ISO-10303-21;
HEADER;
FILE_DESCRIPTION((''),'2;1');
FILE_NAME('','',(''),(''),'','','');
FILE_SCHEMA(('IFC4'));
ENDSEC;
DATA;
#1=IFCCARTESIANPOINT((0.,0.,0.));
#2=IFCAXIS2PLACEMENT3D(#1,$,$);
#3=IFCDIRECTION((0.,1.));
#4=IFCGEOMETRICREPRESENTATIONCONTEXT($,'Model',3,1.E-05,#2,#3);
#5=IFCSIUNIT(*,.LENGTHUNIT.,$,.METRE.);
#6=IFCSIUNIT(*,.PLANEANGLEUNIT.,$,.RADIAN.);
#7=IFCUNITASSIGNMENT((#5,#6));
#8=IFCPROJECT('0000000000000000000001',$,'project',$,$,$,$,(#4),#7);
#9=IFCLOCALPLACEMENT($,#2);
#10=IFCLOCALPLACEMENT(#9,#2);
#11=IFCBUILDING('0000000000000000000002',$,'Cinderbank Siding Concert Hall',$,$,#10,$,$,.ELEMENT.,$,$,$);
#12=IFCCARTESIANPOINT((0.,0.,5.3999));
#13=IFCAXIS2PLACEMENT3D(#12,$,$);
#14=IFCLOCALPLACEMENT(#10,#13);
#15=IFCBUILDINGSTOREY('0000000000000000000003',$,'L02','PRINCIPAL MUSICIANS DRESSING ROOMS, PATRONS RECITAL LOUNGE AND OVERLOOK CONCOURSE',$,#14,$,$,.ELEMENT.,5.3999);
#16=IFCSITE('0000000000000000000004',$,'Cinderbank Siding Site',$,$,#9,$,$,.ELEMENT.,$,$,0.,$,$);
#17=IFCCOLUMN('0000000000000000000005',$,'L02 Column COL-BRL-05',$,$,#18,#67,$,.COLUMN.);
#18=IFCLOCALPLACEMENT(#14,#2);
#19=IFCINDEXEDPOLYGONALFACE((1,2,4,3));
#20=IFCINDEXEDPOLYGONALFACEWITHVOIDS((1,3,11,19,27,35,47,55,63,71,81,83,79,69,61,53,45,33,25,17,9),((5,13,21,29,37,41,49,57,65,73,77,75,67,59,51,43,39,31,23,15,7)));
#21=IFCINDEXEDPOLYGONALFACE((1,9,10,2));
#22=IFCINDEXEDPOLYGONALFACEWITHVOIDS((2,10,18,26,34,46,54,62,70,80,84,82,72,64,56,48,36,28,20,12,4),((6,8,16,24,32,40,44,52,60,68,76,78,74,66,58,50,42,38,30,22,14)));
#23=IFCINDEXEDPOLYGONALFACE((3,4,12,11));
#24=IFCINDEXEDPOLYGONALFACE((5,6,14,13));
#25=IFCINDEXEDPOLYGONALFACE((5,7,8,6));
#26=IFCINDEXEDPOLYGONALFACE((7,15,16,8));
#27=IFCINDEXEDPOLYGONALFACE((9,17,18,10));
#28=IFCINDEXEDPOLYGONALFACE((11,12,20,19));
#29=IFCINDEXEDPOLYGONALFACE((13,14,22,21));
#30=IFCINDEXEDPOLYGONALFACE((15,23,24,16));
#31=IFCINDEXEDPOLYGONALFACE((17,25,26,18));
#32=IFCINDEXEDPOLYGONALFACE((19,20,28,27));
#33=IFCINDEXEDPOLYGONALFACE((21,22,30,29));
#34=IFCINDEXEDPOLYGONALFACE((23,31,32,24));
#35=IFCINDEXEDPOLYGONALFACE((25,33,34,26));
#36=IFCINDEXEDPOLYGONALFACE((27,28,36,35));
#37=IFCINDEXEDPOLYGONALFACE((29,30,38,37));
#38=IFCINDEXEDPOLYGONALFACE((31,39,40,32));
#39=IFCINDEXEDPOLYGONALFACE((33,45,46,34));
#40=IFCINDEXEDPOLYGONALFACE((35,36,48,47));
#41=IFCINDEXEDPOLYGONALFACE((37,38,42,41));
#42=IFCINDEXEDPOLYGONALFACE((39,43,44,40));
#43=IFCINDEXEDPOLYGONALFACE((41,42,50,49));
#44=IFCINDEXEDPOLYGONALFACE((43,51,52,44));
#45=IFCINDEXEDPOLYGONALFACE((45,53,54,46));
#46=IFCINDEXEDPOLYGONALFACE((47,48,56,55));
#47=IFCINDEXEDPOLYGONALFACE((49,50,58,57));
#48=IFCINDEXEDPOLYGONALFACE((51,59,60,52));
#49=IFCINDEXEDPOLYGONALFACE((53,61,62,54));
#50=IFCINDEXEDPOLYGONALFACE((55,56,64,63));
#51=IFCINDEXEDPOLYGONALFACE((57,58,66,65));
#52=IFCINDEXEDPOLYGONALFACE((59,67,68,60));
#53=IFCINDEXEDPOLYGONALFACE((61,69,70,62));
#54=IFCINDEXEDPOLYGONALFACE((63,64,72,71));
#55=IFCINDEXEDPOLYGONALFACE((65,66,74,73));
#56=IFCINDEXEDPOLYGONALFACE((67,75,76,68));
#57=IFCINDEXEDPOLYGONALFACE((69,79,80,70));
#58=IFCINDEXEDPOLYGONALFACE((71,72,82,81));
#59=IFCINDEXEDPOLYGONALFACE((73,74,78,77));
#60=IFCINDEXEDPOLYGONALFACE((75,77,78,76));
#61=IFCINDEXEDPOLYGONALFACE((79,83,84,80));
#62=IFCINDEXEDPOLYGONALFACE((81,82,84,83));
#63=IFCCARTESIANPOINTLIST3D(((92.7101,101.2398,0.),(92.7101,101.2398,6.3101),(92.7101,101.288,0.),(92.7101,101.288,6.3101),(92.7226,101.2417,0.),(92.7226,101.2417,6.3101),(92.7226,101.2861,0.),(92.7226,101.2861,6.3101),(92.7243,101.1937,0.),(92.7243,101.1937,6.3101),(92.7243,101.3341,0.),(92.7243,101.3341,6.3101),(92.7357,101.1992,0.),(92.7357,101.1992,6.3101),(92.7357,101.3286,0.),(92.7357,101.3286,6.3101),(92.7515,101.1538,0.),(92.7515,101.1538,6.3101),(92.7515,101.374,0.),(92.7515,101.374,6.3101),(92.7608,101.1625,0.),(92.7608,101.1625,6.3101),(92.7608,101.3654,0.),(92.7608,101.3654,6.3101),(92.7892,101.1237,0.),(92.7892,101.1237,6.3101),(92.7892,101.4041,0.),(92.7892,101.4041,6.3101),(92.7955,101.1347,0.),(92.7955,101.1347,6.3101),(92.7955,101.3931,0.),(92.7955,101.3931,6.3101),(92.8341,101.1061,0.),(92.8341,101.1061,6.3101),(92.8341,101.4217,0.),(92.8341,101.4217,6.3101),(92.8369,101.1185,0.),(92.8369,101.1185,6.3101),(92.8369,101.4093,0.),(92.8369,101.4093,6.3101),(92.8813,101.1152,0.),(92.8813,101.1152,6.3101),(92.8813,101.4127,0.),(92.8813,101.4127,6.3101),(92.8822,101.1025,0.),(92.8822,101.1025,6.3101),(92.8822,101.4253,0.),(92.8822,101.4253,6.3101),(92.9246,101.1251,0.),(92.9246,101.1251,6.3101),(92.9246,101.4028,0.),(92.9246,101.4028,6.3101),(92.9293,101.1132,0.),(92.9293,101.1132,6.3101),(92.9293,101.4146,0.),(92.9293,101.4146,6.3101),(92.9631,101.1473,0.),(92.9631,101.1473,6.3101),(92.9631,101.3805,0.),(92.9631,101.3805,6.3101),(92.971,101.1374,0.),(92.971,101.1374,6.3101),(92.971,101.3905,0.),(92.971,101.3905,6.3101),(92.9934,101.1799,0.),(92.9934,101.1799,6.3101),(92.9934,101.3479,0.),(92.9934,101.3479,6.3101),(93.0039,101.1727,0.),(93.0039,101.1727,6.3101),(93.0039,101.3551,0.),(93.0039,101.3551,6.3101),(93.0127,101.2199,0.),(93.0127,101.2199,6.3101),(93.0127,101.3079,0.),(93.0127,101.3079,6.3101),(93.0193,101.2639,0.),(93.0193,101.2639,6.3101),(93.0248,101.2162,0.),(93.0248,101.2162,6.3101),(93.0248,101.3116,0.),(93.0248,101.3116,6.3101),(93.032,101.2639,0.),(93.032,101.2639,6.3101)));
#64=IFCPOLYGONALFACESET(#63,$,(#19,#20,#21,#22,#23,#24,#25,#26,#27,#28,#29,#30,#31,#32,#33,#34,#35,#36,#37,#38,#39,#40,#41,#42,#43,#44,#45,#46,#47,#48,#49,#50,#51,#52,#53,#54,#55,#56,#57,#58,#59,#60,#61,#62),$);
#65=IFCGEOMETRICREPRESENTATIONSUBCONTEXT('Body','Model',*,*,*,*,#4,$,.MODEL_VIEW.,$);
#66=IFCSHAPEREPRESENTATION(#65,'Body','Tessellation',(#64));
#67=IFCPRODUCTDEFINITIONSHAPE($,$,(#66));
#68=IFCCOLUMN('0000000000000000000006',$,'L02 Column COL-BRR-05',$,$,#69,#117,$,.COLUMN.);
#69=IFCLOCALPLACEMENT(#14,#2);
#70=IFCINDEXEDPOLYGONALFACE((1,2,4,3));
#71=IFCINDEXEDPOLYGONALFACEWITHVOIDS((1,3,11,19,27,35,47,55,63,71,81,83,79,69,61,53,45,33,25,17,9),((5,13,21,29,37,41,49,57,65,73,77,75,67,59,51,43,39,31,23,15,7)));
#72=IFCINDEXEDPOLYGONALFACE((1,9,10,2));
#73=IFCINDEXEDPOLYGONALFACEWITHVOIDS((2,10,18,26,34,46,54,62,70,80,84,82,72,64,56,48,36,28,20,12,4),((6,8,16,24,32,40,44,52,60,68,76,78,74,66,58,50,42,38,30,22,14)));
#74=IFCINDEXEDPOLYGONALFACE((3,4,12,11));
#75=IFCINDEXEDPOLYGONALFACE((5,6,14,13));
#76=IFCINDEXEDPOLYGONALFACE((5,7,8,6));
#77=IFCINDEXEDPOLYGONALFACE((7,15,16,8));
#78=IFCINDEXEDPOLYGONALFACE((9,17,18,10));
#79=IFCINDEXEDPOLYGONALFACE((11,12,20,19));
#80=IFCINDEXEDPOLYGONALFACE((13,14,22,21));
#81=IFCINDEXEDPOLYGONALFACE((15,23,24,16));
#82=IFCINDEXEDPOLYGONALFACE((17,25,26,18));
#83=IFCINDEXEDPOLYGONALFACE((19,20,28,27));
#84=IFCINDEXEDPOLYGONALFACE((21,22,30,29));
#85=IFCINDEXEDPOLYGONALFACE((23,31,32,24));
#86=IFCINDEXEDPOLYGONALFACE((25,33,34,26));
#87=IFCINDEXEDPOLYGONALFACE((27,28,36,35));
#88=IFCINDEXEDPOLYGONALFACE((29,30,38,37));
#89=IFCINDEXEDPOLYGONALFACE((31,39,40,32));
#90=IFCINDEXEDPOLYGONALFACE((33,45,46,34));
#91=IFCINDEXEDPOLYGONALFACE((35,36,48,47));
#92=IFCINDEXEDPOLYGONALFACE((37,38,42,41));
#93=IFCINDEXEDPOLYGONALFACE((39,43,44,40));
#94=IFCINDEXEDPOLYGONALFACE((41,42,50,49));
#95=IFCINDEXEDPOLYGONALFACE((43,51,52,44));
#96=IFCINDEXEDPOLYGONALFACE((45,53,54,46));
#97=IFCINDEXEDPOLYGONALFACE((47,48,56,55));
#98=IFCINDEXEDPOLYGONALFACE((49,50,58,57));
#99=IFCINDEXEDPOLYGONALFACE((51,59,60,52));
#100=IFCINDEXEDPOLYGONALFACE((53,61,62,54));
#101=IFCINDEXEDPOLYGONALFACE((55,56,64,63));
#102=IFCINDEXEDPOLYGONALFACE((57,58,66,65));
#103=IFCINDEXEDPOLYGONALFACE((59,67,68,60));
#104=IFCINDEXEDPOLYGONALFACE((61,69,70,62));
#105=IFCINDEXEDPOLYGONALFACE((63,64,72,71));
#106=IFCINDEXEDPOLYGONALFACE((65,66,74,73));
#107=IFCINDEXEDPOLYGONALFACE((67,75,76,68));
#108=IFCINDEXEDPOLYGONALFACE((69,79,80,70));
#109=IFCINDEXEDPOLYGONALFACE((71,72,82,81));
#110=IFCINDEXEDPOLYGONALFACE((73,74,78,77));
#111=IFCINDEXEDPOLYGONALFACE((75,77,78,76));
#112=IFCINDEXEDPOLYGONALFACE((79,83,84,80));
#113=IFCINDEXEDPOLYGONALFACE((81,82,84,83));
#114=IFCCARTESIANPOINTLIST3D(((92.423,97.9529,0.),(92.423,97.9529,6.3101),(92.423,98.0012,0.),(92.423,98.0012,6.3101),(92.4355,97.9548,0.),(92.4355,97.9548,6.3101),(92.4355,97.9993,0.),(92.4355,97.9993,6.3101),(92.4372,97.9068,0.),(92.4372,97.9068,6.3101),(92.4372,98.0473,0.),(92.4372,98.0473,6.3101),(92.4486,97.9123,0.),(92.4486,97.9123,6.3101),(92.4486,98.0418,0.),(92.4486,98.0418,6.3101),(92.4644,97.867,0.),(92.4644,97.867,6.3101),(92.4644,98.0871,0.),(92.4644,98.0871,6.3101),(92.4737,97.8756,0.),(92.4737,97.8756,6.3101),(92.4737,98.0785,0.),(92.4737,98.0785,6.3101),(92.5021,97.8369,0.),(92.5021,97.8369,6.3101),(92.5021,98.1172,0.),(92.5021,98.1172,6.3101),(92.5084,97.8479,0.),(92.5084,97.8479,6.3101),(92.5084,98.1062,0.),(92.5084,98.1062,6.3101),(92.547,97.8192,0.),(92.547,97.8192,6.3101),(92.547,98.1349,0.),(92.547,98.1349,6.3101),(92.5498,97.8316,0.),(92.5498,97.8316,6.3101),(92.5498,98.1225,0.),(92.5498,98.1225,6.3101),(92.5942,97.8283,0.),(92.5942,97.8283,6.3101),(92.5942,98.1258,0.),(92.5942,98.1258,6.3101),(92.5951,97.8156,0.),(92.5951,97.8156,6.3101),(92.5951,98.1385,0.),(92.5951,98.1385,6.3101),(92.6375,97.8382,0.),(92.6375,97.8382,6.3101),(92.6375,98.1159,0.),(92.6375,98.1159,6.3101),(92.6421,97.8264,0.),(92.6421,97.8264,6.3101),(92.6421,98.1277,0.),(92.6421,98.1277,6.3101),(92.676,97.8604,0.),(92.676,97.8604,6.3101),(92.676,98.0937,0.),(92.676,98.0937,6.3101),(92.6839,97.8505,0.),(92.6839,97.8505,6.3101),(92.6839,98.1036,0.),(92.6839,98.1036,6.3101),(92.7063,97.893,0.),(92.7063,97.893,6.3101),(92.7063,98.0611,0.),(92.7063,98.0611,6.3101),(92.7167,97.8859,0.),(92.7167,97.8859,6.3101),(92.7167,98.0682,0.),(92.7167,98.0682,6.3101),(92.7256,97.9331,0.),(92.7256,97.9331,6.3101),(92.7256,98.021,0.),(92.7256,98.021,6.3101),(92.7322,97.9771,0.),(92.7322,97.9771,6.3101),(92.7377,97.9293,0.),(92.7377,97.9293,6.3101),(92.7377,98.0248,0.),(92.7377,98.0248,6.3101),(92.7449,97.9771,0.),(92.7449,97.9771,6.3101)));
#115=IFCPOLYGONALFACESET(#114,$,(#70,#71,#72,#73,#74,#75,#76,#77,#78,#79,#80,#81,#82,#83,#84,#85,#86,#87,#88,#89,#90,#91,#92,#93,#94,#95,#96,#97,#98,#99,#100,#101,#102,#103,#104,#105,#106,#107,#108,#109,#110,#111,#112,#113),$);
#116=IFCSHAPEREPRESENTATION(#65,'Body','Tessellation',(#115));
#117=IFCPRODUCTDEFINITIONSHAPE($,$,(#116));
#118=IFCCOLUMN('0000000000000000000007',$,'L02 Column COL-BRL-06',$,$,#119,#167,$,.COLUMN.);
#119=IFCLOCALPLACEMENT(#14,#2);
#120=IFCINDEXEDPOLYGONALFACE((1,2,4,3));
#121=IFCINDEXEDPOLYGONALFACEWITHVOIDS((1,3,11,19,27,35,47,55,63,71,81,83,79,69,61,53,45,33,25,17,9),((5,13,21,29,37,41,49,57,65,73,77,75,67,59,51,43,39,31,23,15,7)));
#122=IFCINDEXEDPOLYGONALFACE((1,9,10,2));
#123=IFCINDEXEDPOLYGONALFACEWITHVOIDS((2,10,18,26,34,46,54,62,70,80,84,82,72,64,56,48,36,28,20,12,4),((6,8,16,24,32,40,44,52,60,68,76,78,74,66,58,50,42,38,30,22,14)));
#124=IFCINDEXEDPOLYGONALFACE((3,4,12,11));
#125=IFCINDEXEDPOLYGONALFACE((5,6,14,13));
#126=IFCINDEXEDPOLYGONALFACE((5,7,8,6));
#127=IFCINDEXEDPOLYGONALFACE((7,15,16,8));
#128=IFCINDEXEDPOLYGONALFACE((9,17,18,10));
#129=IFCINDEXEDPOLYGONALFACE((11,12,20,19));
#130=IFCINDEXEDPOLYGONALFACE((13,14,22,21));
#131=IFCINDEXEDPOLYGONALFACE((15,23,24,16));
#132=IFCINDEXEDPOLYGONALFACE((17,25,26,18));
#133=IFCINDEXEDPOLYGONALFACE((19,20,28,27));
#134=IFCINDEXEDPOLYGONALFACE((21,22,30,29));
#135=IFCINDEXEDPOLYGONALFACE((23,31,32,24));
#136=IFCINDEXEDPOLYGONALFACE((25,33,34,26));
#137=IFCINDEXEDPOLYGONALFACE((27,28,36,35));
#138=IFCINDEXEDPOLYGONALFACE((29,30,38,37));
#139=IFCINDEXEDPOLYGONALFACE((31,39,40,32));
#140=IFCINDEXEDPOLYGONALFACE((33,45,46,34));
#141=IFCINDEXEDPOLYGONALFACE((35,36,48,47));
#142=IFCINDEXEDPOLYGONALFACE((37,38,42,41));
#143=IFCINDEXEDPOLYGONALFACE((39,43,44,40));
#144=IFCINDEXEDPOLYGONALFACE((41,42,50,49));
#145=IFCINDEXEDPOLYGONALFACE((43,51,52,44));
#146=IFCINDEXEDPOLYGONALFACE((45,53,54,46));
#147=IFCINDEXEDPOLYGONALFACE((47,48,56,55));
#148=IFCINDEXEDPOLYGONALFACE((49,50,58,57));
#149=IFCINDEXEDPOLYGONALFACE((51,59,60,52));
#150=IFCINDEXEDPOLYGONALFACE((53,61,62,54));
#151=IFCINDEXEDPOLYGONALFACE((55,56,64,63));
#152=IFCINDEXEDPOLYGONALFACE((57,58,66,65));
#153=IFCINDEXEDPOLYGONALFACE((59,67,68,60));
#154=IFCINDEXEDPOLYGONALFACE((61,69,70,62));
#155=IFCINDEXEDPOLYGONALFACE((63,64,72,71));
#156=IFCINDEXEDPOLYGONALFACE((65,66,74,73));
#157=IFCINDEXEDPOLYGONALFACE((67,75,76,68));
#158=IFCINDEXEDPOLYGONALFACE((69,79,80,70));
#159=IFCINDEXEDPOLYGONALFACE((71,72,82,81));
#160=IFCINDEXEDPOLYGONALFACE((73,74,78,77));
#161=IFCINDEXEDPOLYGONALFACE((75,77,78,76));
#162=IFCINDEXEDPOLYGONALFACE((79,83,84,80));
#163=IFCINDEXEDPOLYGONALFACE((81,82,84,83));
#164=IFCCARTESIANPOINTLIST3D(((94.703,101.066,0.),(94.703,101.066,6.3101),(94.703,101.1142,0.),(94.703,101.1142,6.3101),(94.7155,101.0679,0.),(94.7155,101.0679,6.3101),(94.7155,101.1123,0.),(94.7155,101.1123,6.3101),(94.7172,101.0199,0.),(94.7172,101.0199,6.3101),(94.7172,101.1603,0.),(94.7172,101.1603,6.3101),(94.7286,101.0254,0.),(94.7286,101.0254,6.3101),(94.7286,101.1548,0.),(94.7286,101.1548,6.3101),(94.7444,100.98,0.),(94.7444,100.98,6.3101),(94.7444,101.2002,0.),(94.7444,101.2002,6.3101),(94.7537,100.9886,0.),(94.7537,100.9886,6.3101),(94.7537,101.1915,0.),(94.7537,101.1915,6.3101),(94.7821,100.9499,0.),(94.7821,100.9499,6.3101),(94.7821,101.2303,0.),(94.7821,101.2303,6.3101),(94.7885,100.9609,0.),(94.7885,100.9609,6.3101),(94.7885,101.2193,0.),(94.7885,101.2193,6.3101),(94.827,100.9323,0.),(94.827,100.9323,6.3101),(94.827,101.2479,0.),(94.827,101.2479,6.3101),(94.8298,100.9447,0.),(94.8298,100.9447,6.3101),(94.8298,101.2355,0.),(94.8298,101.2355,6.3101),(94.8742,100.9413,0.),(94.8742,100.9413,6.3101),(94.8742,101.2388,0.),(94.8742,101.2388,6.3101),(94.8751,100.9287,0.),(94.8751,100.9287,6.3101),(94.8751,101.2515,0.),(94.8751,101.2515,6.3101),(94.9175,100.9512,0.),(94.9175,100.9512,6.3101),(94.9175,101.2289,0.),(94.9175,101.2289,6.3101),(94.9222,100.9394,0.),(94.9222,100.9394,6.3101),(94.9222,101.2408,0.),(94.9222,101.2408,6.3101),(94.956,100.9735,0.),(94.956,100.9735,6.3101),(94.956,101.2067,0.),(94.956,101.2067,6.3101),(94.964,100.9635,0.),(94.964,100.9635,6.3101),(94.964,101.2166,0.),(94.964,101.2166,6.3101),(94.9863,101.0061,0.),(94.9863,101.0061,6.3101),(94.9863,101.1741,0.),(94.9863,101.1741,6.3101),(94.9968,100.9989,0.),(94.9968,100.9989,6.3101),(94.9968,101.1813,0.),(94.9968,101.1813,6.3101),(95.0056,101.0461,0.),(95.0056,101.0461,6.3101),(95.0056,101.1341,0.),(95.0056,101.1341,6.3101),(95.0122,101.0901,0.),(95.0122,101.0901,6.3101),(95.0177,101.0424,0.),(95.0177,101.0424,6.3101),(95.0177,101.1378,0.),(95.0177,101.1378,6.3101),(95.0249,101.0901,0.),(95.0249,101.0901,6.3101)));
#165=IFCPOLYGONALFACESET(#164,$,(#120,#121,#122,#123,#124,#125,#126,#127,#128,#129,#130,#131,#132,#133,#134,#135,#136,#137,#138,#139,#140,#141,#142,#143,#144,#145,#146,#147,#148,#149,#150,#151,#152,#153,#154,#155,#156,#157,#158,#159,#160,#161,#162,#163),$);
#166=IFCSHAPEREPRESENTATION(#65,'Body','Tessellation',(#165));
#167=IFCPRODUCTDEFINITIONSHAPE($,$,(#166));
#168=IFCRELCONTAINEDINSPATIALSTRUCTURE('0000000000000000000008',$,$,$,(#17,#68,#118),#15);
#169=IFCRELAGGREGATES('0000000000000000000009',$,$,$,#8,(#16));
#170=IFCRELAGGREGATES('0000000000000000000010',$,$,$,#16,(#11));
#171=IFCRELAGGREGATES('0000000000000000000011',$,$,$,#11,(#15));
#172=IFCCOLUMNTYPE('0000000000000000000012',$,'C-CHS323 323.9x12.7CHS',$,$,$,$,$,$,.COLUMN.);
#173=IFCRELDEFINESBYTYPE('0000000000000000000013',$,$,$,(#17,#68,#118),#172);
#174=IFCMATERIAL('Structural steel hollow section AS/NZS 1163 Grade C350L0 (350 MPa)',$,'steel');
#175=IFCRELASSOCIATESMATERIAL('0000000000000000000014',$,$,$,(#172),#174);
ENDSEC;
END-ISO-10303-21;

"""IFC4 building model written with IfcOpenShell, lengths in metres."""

from ifc_helpers import new_model, si_unit, direction, frame, origin, origin_2d, place, context, subcontext, project, spatial, hollow_circle, extrude, material, material_profile, profile_set, type_object, element, save


model = new_model("IFC4")

# Units and contexts
model_context = context("Model", 3, precision=1e-05, world=origin(), true_north=direction((0.0, 1.0)))
body_context = subcontext(model_context, "Body", "Model", "MODEL_VIEW")
ifc_project = project(units=[si_unit("LENGTHUNIT", "METRE"), si_unit("PLANEANGLEUNIT", "RADIAN")], contexts=[model_context])

# Site, building, storey
site_placement = place(None, origin())
site = spatial("IfcSite", under=ifc_project, at=site_placement, Name="Cinderbank Siding Site", CompositionType="ELEMENT", RefElevation=0.0)
building_placement = place(site_placement, origin())
building = spatial("IfcBuilding", under=site, at=building_placement, Name="Cinderbank Siding Concert Hall", CompositionType="ELEMENT")
storey_placement = place(building_placement, frame((0.0, 0.0, 5.3999)))
storey = spatial("IfcBuildingStorey", under=building, at=storey_placement, Name="L02", Description="PRINCIPAL MUSICIANS DRESSING ROOMS, PATRONS RECITAL LOUNGE AND OVERLOOK CONCOURSE", CompositionType="ELEMENT", Elevation=5.3999)

# Columns
ifc_material_1 = material(Name="Structural steel hollow section AS/NZS 1163 Grade C350L0 (350 MPa)", Category="steel")
ifc_material_profile_1 = material_profile(ifc_material_1, hollow_circle(Radius=0.1619, WallThickness=0.0127, at=origin_2d()), Name="323.9x12.7CHS", Category="LoadBearing")
ifc_profile_set_1 = profile_set([ifc_material_profile_1], Name="Structural steel hollow section AS/NZS 1163 Grade C350L0 (350 MPa)")
column_type = type_object("IfcColumnType", Name="C-CHS323 323.9x12.7CHS", PredefinedType="COLUMN", material=ifc_profile_set_1)
for number, where, z_axis, x_axis, name in (
    (1, (92.8701, 101.2639, 0.0), (0.0, 0.0, 1.0), (1.0, 0.0, 0.0), "L02 Column COL-BRL-05"),
    (2, (92.583, 97.9771, 0.0), (0.0, 0.0, 1.0), (1.0, 0.0, 0.0), "L02 Column COL-BRR-05"),
    (3, (94.863, 101.0901, 0.0), (0.0, 0.0, 1.0), (1.0, 0.0, 0.0), "L02 Column COL-BRL-06"),
):
    element("IfcColumn", number, at=place(storey_placement, frame(where, z_axis=z_axis, x_axis=x_axis)), inside=storey, type_object=column_type, Name=name, PredefinedType="COLUMN", context=body_context, shape_type="SweptSolid", body=[
        extrude(hollow_circle(Radius=0.1619, WallThickness=0.0127, at=origin_2d()), origin(), (0.0, 0.0, 1.0), 6.3101),
    ])

save(model, "model.ifc")
